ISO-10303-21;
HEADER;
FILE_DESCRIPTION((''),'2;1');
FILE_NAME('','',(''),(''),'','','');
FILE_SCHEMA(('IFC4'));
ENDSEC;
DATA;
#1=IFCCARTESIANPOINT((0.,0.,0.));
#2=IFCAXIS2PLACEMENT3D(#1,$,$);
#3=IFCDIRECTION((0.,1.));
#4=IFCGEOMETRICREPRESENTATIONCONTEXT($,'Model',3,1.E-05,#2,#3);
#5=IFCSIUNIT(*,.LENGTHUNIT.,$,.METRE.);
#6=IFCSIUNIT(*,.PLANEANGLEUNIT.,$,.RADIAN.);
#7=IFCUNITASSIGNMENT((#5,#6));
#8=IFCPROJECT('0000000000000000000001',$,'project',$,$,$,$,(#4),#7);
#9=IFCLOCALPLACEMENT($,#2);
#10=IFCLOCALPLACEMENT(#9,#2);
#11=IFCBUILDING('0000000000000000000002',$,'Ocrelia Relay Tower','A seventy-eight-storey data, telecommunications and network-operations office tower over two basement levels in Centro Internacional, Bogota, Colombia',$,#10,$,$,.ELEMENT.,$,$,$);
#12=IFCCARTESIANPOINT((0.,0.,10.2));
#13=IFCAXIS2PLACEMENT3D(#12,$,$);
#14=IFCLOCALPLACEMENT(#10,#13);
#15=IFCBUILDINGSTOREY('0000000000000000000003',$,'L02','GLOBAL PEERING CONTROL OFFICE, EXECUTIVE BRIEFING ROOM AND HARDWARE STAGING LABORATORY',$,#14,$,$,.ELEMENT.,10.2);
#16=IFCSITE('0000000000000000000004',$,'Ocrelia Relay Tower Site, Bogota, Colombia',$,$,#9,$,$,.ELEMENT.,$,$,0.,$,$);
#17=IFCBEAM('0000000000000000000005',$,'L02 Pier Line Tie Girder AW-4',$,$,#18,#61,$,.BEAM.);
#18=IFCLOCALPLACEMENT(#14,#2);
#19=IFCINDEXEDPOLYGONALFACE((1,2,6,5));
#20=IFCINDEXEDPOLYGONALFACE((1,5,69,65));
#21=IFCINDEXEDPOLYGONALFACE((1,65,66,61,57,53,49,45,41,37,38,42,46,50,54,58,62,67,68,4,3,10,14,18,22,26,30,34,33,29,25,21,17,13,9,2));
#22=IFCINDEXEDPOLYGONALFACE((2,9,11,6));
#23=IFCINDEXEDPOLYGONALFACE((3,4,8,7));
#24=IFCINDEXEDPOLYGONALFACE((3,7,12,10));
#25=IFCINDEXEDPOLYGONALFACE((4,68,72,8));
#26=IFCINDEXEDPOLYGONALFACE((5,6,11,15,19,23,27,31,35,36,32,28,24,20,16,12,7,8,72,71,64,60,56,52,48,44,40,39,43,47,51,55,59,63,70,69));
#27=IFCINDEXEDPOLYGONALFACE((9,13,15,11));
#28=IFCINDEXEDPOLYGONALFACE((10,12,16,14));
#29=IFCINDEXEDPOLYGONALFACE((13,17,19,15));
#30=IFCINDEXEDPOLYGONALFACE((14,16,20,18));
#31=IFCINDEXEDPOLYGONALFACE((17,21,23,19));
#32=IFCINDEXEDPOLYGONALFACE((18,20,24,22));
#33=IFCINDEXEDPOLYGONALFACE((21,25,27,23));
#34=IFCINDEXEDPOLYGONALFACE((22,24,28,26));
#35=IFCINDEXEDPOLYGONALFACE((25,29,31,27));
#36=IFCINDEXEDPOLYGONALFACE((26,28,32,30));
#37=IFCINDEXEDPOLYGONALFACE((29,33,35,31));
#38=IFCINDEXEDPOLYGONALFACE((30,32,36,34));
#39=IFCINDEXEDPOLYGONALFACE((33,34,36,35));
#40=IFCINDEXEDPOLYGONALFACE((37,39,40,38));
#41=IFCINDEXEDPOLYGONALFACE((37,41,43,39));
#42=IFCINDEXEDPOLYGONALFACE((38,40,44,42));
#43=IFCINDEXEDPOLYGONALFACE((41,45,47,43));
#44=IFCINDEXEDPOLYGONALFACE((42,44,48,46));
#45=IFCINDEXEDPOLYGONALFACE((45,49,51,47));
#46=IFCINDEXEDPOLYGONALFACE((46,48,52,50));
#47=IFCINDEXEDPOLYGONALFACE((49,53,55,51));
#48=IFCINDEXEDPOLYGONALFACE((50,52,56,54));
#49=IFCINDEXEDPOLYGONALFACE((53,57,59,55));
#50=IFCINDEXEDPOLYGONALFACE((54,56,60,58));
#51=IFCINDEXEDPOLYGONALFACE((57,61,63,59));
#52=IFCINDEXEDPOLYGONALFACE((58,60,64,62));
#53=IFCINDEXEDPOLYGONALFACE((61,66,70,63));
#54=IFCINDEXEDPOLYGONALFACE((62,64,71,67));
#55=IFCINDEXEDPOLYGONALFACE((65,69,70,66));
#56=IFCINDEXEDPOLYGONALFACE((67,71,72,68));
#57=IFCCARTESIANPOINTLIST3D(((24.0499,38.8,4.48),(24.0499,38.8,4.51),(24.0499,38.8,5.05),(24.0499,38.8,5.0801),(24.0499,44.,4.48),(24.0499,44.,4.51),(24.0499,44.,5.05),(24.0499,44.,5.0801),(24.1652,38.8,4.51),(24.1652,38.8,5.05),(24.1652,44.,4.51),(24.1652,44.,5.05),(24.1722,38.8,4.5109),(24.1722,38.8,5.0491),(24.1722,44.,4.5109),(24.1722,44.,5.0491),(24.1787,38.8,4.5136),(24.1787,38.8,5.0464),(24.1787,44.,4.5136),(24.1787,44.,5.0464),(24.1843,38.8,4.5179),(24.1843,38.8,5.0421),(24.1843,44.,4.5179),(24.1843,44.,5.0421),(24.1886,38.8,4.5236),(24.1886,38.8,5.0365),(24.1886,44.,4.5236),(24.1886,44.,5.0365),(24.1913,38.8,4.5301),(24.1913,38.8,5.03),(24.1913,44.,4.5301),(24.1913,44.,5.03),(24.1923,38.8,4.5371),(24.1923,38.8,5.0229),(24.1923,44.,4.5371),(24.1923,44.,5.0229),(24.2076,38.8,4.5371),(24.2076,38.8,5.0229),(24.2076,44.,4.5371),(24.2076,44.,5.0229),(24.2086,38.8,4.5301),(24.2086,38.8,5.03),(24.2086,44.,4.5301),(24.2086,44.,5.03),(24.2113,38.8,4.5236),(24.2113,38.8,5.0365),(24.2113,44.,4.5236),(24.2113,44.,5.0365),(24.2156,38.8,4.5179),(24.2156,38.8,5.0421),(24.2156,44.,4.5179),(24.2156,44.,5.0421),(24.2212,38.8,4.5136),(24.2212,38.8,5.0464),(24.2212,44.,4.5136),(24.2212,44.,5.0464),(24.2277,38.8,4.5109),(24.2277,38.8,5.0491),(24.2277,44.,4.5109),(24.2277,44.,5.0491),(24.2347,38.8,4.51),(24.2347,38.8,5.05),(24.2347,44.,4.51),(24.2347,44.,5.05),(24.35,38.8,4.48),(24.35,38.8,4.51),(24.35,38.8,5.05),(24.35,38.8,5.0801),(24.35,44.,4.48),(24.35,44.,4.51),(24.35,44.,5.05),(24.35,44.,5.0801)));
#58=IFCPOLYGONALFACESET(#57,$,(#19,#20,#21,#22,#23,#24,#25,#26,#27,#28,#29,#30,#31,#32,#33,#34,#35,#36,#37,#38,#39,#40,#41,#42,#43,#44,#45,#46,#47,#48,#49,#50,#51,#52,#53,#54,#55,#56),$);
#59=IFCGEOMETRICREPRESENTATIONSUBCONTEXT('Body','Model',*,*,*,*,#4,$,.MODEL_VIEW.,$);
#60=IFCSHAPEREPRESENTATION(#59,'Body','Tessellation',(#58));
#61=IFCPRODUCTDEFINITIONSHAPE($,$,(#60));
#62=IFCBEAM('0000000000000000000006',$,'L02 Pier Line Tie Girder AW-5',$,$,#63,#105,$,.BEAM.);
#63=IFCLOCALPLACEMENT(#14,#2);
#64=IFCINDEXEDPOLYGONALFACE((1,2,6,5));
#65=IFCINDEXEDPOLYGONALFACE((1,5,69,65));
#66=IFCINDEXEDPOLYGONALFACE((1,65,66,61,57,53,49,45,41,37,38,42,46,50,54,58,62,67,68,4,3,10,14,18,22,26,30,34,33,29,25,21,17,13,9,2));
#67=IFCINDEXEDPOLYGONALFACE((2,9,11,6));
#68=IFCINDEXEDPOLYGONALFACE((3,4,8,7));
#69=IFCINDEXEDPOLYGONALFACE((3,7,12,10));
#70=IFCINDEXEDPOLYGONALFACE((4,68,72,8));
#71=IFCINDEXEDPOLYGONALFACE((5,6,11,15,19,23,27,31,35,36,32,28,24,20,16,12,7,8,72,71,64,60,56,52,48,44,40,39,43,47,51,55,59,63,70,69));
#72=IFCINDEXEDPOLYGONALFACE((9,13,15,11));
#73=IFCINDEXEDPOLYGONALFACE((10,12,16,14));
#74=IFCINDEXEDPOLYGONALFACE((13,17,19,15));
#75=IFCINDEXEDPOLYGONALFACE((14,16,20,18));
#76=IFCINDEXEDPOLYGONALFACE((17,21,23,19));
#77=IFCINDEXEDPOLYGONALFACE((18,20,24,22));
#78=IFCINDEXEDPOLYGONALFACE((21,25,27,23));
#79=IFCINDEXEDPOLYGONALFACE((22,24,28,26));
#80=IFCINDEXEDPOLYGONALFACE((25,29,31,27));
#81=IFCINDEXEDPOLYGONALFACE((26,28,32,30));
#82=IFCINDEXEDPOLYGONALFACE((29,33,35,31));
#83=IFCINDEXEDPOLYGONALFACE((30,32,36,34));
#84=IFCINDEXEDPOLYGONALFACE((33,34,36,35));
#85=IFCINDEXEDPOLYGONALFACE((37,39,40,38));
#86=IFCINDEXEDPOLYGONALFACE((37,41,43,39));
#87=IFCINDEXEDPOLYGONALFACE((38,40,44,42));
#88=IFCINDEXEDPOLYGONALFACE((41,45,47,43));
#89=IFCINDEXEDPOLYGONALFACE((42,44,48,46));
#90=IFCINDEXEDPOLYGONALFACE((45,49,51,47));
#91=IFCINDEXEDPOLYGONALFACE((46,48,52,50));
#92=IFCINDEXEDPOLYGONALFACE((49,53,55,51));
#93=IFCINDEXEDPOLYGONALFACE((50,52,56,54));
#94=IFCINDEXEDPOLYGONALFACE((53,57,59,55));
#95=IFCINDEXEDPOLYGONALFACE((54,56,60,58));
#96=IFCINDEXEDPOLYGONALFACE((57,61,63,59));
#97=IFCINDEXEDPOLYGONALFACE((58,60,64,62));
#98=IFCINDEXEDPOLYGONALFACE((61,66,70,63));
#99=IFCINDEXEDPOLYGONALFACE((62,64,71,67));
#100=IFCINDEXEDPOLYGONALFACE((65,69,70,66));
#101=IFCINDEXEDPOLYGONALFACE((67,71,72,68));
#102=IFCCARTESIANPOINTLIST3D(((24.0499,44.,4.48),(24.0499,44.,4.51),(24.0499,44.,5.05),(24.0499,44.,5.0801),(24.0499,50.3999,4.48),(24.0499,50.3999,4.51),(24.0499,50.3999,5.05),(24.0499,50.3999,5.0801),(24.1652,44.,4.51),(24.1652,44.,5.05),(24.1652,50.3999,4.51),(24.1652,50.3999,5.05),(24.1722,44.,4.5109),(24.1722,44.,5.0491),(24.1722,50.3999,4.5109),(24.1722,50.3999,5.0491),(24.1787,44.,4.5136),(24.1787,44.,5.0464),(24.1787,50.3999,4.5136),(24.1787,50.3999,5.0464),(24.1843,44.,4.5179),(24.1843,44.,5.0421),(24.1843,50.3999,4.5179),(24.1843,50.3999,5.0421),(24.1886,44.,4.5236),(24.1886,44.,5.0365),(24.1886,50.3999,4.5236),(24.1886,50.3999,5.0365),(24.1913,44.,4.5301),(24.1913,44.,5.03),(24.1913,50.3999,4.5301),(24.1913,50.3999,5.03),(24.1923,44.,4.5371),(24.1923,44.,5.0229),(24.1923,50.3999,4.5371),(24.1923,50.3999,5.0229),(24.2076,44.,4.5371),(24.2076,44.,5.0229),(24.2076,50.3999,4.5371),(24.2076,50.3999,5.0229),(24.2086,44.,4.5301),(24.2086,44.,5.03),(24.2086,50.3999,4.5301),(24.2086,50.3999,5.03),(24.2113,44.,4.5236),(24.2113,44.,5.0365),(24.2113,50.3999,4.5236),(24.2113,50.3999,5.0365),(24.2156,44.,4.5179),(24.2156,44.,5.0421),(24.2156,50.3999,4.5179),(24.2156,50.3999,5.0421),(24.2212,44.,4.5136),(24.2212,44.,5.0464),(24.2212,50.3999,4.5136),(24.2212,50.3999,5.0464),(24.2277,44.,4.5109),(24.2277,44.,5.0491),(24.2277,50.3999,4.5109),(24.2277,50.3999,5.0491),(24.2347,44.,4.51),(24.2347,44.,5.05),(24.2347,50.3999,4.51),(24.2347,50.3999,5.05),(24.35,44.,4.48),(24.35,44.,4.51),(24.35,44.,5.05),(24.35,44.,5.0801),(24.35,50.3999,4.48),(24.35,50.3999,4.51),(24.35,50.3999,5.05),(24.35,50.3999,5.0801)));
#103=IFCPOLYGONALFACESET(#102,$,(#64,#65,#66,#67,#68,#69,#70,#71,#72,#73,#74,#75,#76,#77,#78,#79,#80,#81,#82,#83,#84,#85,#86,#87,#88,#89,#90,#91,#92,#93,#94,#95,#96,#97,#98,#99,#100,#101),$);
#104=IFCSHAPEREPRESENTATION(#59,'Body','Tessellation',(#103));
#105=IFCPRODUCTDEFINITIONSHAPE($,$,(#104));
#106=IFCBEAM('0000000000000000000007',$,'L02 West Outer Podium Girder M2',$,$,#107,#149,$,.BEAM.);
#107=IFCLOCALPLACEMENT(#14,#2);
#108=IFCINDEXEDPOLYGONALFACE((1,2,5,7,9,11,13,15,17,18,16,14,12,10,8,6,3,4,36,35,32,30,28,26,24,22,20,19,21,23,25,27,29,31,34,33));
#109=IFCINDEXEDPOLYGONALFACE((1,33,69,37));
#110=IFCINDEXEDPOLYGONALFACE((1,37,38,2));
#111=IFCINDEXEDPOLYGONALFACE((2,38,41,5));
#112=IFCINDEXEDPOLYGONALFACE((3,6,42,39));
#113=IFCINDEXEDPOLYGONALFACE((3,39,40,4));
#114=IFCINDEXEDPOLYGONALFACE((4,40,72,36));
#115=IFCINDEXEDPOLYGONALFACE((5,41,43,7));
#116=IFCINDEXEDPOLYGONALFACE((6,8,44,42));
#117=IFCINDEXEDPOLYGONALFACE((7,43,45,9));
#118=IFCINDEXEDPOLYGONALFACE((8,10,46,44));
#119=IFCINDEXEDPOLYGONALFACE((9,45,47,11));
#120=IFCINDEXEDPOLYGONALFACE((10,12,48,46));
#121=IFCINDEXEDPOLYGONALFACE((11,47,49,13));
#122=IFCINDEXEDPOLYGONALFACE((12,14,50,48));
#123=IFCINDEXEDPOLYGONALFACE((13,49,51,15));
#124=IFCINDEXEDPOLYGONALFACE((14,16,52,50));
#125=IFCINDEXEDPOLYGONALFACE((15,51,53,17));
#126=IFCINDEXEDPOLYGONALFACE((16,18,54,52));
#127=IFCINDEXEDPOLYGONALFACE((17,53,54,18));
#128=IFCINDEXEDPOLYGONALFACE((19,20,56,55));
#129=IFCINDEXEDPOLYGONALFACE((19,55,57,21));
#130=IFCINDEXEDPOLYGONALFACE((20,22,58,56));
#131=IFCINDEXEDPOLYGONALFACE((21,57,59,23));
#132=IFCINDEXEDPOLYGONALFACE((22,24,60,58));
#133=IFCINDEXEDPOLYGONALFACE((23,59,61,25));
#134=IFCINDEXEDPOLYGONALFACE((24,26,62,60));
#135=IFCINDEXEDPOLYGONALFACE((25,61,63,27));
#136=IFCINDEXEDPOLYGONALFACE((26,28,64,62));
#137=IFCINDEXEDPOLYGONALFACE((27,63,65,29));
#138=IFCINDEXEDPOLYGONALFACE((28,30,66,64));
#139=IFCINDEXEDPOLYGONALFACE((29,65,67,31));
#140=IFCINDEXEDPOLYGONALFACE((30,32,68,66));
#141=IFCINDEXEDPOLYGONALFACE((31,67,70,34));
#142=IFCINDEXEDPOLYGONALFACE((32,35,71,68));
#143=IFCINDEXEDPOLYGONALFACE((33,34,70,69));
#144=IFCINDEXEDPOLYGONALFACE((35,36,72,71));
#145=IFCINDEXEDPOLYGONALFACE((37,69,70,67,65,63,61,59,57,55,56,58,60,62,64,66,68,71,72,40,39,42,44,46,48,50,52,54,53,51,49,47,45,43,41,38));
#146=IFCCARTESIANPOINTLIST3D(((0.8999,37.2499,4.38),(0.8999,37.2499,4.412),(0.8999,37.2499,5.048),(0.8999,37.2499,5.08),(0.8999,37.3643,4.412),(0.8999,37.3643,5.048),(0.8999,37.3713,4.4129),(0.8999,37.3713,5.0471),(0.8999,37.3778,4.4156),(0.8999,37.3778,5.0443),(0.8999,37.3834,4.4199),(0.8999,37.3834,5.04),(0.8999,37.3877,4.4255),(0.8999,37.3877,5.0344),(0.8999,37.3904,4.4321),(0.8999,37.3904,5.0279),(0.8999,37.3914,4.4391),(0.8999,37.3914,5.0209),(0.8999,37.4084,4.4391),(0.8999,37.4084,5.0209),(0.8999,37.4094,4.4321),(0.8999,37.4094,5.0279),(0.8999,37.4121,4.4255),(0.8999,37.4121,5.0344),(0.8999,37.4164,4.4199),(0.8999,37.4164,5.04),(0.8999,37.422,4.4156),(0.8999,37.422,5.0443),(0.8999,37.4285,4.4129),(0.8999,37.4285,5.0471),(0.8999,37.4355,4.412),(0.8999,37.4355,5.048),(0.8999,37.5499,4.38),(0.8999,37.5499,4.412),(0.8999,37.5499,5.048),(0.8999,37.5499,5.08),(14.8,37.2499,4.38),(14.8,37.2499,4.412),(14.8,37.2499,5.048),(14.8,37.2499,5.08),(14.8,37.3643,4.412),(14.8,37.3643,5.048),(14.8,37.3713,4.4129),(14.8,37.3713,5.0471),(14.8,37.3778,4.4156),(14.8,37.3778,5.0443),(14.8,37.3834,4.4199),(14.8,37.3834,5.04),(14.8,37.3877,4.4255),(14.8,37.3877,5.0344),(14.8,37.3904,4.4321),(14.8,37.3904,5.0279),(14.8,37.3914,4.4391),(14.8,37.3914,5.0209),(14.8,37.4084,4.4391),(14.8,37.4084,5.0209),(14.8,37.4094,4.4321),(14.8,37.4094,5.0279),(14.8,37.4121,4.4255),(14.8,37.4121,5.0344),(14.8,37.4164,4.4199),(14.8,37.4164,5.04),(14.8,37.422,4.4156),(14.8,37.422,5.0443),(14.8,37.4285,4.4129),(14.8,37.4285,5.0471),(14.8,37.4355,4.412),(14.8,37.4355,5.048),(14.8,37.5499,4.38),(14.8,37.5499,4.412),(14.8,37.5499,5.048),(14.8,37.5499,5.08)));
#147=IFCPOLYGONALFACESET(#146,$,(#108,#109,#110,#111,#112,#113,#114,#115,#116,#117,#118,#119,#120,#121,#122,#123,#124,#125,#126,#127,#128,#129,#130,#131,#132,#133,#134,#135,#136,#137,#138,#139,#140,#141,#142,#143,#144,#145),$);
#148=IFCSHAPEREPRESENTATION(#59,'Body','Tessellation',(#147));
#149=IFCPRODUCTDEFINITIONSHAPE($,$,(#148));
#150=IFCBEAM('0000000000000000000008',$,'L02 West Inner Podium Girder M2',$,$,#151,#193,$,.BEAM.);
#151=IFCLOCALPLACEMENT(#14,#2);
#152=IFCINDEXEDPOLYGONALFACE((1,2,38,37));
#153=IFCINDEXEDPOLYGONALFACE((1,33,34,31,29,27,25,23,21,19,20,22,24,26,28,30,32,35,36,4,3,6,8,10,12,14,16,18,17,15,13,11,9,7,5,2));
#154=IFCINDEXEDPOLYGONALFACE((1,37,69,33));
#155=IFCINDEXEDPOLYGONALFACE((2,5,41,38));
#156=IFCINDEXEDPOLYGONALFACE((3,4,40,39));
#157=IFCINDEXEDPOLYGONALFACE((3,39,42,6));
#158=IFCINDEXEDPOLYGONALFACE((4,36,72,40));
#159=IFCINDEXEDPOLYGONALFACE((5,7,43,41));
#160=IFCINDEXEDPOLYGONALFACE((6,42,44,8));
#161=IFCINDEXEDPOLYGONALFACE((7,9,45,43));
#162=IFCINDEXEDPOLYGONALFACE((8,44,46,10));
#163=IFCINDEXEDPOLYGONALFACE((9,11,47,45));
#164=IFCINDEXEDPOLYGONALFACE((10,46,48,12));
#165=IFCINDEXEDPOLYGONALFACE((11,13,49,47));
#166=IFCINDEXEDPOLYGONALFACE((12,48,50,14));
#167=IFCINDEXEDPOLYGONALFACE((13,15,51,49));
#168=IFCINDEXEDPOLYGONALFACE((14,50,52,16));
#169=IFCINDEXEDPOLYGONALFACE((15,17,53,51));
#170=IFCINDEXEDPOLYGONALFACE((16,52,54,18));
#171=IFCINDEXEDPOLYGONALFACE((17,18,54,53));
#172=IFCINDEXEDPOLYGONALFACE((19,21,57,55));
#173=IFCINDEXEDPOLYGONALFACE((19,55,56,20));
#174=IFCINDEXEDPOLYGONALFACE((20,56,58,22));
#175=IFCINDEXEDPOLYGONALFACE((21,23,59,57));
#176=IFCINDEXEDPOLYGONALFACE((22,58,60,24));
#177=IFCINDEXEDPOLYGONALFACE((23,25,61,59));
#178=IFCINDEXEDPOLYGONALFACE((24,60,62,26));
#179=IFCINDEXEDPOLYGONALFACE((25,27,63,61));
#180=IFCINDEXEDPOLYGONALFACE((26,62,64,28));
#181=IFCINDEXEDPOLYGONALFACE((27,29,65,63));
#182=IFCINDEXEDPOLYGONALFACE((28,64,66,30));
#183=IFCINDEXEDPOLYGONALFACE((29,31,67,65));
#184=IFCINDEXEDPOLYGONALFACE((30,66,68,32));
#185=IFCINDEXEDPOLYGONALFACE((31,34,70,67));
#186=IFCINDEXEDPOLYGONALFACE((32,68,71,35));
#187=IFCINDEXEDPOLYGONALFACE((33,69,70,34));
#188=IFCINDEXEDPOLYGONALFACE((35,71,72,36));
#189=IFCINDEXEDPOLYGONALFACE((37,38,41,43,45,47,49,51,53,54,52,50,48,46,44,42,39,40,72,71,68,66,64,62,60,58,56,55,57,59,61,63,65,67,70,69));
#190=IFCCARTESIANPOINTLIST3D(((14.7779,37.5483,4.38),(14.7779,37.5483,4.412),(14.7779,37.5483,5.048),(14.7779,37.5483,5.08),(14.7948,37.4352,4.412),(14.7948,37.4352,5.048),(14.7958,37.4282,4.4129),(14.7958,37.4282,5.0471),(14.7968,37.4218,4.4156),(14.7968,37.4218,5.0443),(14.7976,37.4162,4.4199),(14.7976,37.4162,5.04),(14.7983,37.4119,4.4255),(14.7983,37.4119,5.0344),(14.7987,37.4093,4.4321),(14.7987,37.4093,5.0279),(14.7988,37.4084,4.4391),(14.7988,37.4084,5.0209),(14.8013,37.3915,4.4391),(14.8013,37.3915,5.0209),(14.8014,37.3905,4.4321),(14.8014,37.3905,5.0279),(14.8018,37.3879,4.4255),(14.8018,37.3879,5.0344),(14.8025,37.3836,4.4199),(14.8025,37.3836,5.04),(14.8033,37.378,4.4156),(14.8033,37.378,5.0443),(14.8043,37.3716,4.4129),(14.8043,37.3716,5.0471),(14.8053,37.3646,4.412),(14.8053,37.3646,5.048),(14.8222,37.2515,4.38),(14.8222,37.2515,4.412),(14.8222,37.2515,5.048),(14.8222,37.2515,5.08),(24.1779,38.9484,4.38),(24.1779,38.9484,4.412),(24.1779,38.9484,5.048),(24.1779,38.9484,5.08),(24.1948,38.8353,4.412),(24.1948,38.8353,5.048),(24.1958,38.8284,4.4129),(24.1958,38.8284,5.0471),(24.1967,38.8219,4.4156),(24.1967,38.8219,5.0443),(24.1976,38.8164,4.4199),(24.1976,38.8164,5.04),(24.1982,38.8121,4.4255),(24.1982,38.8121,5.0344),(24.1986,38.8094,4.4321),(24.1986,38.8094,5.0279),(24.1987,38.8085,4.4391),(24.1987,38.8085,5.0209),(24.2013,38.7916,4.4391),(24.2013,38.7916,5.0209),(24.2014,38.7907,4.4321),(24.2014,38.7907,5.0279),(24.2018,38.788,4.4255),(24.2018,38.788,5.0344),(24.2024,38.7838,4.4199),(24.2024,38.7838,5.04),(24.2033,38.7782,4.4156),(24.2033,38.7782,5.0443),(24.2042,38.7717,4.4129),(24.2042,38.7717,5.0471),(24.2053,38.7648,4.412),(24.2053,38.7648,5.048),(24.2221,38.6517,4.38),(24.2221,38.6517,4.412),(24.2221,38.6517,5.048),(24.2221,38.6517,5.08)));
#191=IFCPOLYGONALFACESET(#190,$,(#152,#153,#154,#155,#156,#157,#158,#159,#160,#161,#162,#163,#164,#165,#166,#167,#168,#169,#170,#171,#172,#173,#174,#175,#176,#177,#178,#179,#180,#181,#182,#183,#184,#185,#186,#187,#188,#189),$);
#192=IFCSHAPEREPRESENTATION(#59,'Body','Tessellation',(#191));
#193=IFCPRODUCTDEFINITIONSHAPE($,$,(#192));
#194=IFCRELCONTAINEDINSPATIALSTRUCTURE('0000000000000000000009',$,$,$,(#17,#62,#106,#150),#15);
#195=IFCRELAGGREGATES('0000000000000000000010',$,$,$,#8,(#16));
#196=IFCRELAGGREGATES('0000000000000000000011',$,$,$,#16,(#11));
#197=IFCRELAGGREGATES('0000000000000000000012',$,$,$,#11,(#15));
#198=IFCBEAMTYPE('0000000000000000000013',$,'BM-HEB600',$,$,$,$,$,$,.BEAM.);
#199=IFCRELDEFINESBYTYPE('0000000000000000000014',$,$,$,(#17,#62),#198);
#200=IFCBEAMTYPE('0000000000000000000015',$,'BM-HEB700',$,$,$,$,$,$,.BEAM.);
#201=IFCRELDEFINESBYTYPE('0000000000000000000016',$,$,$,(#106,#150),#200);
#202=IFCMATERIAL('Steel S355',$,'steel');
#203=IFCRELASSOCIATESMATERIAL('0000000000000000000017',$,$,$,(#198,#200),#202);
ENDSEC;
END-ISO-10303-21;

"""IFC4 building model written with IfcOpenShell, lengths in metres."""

from ifc_helpers import new_model, si_unit, direction, frame, origin, origin_2d, place, context, subcontext, project, spatial, i_section, extrude, material, material_profile, profile_set, type_object, element, save


model = new_model("IFC4")

# Units and contexts
model_context = context("Model", 3, precision=1e-05, world=origin(), true_north=direction((0.0, 1.0)))
body_context = subcontext(model_context, "Body", "Model", "MODEL_VIEW")
ifc_project = project(units=[si_unit("LENGTHUNIT", "METRE"), si_unit("PLANEANGLEUNIT", "RADIAN")], contexts=[model_context])

# Site, building, storey
site_placement = place(None, origin())
site = spatial("IfcSite", under=ifc_project, at=site_placement, Name="Ocrelia Relay Tower Site, Bogota, Colombia", CompositionType="ELEMENT", RefElevation=0.0)
building_placement = place(site_placement, origin())
building = spatial("IfcBuilding", under=site, at=building_placement, Name="Ocrelia Relay Tower", Description="A seventy-eight-storey data, telecommunications and network-operations office tower over two basement levels in Centro Internacional, Bogota, Colombia", CompositionType="ELEMENT")
storey_placement = place(building_placement, frame((0.0, 0.0, 10.2)))
storey = spatial("IfcBuildingStorey", under=building, at=storey_placement, Name="L02", Description="GLOBAL PEERING CONTROL OFFICE, EXECUTIVE BRIEFING ROOM AND HARDWARE STAGING LABORATORY", CompositionType="ELEMENT", Elevation=10.2)

# Beams
ifc_material_1 = material(Name="Steel S355", Category="steel")
ifc_material_profile_1 = material_profile(ifc_material_1, i_section(OverallWidth=0.3, OverallDepth=0.6001, WebThickness=0.0154, FlangeThickness=0.03, FilletRadius=0.0271, at=origin_2d()), Name="HEB 600")
ifc_profile_set_1 = profile_set([ifc_material_profile_1], Name="Steel S355")
beam_type_1 = type_object("IfcBeamType", Name="BM-HEB600", PredefinedType="BEAM", material=ifc_profile_set_1)
beam_1_placement = place(storey_placement, frame((24.2, 38.8, 4.78), z_axis=(0.0, 1.0, 0.0), x_axis=(-1.0, 0.0, 0.0)))
element("IfcBeam", 1, at=beam_1_placement, inside=storey, type_object=beam_type_1, Name="L02 Pier Line Tie Girder AW-4", PredefinedType="BEAM", context=body_context, shape_type="SweptSolid", body=[
    extrude(i_section(OverallWidth=0.3, OverallDepth=0.6001, WebThickness=0.0154, FlangeThickness=0.03, FilletRadius=0.0271, at=origin_2d()), origin(), (0.0, 0.0, 1.0), 5.2),
])
beam_2_placement = place(storey_placement, frame((24.2, 44.0, 4.78), z_axis=(0.0, 1.0, 0.0), x_axis=(-1.0, 0.0, 0.0)))
element("IfcBeam", 2, at=beam_2_placement, inside=storey, type_object=beam_type_1, Name="L02 Pier Line Tie Girder AW-5", PredefinedType="BEAM", context=body_context, shape_type="SweptSolid", body=[
    extrude(i_section(OverallWidth=0.3, OverallDepth=0.6001, WebThickness=0.0154, FlangeThickness=0.03, FilletRadius=0.0271, at=origin_2d()), origin(), (0.0, 0.0, 1.0), 6.3999),
])
ifc_material_profile_2 = material_profile(ifc_material_1, i_section(OverallWidth=0.3, OverallDepth=0.7, WebThickness=0.0171, FlangeThickness=0.032, FilletRadius=0.0271, at=origin_2d()), Name="HEB 700")
ifc_profile_set_2 = profile_set([ifc_material_profile_2], Name="Steel S355")
beam_type_2 = type_object("IfcBeamType", Name="BM-HEB700", PredefinedType="BEAM", material=ifc_profile_set_2)
beam_3_placement = place(storey_placement, frame((0.8999, 37.3999, 4.73), z_axis=(1.0, 0.0, 0.0), x_axis=(0.0, 1.0, 0.0)))
element("IfcBeam", 3, at=beam_3_placement, inside=storey, type_object=beam_type_2, Name="L02 West Outer Podium Girder M2", PredefinedType="BEAM", context=body_context, shape_type="SweptSolid", body=[
    extrude(i_section(OverallWidth=0.3, OverallDepth=0.7, WebThickness=0.0171, FlangeThickness=0.032, FilletRadius=0.0271, at=origin_2d()), origin(), (0.0, 0.0, 1.0), 13.9001),
])
beam_4_placement = place(storey_placement, frame((14.8, 37.3999, 4.73), z_axis=(0.989088, 0.147328, 0.0), x_axis=(-0.147328, 0.989088, 0.0)))
element("IfcBeam", 4, at=beam_4_placement, inside=storey, type_object=beam_type_2, Name="L02 West Inner Podium Girder M2", PredefinedType="BEAM", context=body_context, shape_type="SweptSolid", body=[
    extrude(i_section(OverallWidth=0.3, OverallDepth=0.7, WebThickness=0.0171, FlangeThickness=0.032, FilletRadius=0.0271, at=origin_2d()), origin(), (0.0, 0.0, 1.0), 9.5037),
])

save(model, "model.ifc")
